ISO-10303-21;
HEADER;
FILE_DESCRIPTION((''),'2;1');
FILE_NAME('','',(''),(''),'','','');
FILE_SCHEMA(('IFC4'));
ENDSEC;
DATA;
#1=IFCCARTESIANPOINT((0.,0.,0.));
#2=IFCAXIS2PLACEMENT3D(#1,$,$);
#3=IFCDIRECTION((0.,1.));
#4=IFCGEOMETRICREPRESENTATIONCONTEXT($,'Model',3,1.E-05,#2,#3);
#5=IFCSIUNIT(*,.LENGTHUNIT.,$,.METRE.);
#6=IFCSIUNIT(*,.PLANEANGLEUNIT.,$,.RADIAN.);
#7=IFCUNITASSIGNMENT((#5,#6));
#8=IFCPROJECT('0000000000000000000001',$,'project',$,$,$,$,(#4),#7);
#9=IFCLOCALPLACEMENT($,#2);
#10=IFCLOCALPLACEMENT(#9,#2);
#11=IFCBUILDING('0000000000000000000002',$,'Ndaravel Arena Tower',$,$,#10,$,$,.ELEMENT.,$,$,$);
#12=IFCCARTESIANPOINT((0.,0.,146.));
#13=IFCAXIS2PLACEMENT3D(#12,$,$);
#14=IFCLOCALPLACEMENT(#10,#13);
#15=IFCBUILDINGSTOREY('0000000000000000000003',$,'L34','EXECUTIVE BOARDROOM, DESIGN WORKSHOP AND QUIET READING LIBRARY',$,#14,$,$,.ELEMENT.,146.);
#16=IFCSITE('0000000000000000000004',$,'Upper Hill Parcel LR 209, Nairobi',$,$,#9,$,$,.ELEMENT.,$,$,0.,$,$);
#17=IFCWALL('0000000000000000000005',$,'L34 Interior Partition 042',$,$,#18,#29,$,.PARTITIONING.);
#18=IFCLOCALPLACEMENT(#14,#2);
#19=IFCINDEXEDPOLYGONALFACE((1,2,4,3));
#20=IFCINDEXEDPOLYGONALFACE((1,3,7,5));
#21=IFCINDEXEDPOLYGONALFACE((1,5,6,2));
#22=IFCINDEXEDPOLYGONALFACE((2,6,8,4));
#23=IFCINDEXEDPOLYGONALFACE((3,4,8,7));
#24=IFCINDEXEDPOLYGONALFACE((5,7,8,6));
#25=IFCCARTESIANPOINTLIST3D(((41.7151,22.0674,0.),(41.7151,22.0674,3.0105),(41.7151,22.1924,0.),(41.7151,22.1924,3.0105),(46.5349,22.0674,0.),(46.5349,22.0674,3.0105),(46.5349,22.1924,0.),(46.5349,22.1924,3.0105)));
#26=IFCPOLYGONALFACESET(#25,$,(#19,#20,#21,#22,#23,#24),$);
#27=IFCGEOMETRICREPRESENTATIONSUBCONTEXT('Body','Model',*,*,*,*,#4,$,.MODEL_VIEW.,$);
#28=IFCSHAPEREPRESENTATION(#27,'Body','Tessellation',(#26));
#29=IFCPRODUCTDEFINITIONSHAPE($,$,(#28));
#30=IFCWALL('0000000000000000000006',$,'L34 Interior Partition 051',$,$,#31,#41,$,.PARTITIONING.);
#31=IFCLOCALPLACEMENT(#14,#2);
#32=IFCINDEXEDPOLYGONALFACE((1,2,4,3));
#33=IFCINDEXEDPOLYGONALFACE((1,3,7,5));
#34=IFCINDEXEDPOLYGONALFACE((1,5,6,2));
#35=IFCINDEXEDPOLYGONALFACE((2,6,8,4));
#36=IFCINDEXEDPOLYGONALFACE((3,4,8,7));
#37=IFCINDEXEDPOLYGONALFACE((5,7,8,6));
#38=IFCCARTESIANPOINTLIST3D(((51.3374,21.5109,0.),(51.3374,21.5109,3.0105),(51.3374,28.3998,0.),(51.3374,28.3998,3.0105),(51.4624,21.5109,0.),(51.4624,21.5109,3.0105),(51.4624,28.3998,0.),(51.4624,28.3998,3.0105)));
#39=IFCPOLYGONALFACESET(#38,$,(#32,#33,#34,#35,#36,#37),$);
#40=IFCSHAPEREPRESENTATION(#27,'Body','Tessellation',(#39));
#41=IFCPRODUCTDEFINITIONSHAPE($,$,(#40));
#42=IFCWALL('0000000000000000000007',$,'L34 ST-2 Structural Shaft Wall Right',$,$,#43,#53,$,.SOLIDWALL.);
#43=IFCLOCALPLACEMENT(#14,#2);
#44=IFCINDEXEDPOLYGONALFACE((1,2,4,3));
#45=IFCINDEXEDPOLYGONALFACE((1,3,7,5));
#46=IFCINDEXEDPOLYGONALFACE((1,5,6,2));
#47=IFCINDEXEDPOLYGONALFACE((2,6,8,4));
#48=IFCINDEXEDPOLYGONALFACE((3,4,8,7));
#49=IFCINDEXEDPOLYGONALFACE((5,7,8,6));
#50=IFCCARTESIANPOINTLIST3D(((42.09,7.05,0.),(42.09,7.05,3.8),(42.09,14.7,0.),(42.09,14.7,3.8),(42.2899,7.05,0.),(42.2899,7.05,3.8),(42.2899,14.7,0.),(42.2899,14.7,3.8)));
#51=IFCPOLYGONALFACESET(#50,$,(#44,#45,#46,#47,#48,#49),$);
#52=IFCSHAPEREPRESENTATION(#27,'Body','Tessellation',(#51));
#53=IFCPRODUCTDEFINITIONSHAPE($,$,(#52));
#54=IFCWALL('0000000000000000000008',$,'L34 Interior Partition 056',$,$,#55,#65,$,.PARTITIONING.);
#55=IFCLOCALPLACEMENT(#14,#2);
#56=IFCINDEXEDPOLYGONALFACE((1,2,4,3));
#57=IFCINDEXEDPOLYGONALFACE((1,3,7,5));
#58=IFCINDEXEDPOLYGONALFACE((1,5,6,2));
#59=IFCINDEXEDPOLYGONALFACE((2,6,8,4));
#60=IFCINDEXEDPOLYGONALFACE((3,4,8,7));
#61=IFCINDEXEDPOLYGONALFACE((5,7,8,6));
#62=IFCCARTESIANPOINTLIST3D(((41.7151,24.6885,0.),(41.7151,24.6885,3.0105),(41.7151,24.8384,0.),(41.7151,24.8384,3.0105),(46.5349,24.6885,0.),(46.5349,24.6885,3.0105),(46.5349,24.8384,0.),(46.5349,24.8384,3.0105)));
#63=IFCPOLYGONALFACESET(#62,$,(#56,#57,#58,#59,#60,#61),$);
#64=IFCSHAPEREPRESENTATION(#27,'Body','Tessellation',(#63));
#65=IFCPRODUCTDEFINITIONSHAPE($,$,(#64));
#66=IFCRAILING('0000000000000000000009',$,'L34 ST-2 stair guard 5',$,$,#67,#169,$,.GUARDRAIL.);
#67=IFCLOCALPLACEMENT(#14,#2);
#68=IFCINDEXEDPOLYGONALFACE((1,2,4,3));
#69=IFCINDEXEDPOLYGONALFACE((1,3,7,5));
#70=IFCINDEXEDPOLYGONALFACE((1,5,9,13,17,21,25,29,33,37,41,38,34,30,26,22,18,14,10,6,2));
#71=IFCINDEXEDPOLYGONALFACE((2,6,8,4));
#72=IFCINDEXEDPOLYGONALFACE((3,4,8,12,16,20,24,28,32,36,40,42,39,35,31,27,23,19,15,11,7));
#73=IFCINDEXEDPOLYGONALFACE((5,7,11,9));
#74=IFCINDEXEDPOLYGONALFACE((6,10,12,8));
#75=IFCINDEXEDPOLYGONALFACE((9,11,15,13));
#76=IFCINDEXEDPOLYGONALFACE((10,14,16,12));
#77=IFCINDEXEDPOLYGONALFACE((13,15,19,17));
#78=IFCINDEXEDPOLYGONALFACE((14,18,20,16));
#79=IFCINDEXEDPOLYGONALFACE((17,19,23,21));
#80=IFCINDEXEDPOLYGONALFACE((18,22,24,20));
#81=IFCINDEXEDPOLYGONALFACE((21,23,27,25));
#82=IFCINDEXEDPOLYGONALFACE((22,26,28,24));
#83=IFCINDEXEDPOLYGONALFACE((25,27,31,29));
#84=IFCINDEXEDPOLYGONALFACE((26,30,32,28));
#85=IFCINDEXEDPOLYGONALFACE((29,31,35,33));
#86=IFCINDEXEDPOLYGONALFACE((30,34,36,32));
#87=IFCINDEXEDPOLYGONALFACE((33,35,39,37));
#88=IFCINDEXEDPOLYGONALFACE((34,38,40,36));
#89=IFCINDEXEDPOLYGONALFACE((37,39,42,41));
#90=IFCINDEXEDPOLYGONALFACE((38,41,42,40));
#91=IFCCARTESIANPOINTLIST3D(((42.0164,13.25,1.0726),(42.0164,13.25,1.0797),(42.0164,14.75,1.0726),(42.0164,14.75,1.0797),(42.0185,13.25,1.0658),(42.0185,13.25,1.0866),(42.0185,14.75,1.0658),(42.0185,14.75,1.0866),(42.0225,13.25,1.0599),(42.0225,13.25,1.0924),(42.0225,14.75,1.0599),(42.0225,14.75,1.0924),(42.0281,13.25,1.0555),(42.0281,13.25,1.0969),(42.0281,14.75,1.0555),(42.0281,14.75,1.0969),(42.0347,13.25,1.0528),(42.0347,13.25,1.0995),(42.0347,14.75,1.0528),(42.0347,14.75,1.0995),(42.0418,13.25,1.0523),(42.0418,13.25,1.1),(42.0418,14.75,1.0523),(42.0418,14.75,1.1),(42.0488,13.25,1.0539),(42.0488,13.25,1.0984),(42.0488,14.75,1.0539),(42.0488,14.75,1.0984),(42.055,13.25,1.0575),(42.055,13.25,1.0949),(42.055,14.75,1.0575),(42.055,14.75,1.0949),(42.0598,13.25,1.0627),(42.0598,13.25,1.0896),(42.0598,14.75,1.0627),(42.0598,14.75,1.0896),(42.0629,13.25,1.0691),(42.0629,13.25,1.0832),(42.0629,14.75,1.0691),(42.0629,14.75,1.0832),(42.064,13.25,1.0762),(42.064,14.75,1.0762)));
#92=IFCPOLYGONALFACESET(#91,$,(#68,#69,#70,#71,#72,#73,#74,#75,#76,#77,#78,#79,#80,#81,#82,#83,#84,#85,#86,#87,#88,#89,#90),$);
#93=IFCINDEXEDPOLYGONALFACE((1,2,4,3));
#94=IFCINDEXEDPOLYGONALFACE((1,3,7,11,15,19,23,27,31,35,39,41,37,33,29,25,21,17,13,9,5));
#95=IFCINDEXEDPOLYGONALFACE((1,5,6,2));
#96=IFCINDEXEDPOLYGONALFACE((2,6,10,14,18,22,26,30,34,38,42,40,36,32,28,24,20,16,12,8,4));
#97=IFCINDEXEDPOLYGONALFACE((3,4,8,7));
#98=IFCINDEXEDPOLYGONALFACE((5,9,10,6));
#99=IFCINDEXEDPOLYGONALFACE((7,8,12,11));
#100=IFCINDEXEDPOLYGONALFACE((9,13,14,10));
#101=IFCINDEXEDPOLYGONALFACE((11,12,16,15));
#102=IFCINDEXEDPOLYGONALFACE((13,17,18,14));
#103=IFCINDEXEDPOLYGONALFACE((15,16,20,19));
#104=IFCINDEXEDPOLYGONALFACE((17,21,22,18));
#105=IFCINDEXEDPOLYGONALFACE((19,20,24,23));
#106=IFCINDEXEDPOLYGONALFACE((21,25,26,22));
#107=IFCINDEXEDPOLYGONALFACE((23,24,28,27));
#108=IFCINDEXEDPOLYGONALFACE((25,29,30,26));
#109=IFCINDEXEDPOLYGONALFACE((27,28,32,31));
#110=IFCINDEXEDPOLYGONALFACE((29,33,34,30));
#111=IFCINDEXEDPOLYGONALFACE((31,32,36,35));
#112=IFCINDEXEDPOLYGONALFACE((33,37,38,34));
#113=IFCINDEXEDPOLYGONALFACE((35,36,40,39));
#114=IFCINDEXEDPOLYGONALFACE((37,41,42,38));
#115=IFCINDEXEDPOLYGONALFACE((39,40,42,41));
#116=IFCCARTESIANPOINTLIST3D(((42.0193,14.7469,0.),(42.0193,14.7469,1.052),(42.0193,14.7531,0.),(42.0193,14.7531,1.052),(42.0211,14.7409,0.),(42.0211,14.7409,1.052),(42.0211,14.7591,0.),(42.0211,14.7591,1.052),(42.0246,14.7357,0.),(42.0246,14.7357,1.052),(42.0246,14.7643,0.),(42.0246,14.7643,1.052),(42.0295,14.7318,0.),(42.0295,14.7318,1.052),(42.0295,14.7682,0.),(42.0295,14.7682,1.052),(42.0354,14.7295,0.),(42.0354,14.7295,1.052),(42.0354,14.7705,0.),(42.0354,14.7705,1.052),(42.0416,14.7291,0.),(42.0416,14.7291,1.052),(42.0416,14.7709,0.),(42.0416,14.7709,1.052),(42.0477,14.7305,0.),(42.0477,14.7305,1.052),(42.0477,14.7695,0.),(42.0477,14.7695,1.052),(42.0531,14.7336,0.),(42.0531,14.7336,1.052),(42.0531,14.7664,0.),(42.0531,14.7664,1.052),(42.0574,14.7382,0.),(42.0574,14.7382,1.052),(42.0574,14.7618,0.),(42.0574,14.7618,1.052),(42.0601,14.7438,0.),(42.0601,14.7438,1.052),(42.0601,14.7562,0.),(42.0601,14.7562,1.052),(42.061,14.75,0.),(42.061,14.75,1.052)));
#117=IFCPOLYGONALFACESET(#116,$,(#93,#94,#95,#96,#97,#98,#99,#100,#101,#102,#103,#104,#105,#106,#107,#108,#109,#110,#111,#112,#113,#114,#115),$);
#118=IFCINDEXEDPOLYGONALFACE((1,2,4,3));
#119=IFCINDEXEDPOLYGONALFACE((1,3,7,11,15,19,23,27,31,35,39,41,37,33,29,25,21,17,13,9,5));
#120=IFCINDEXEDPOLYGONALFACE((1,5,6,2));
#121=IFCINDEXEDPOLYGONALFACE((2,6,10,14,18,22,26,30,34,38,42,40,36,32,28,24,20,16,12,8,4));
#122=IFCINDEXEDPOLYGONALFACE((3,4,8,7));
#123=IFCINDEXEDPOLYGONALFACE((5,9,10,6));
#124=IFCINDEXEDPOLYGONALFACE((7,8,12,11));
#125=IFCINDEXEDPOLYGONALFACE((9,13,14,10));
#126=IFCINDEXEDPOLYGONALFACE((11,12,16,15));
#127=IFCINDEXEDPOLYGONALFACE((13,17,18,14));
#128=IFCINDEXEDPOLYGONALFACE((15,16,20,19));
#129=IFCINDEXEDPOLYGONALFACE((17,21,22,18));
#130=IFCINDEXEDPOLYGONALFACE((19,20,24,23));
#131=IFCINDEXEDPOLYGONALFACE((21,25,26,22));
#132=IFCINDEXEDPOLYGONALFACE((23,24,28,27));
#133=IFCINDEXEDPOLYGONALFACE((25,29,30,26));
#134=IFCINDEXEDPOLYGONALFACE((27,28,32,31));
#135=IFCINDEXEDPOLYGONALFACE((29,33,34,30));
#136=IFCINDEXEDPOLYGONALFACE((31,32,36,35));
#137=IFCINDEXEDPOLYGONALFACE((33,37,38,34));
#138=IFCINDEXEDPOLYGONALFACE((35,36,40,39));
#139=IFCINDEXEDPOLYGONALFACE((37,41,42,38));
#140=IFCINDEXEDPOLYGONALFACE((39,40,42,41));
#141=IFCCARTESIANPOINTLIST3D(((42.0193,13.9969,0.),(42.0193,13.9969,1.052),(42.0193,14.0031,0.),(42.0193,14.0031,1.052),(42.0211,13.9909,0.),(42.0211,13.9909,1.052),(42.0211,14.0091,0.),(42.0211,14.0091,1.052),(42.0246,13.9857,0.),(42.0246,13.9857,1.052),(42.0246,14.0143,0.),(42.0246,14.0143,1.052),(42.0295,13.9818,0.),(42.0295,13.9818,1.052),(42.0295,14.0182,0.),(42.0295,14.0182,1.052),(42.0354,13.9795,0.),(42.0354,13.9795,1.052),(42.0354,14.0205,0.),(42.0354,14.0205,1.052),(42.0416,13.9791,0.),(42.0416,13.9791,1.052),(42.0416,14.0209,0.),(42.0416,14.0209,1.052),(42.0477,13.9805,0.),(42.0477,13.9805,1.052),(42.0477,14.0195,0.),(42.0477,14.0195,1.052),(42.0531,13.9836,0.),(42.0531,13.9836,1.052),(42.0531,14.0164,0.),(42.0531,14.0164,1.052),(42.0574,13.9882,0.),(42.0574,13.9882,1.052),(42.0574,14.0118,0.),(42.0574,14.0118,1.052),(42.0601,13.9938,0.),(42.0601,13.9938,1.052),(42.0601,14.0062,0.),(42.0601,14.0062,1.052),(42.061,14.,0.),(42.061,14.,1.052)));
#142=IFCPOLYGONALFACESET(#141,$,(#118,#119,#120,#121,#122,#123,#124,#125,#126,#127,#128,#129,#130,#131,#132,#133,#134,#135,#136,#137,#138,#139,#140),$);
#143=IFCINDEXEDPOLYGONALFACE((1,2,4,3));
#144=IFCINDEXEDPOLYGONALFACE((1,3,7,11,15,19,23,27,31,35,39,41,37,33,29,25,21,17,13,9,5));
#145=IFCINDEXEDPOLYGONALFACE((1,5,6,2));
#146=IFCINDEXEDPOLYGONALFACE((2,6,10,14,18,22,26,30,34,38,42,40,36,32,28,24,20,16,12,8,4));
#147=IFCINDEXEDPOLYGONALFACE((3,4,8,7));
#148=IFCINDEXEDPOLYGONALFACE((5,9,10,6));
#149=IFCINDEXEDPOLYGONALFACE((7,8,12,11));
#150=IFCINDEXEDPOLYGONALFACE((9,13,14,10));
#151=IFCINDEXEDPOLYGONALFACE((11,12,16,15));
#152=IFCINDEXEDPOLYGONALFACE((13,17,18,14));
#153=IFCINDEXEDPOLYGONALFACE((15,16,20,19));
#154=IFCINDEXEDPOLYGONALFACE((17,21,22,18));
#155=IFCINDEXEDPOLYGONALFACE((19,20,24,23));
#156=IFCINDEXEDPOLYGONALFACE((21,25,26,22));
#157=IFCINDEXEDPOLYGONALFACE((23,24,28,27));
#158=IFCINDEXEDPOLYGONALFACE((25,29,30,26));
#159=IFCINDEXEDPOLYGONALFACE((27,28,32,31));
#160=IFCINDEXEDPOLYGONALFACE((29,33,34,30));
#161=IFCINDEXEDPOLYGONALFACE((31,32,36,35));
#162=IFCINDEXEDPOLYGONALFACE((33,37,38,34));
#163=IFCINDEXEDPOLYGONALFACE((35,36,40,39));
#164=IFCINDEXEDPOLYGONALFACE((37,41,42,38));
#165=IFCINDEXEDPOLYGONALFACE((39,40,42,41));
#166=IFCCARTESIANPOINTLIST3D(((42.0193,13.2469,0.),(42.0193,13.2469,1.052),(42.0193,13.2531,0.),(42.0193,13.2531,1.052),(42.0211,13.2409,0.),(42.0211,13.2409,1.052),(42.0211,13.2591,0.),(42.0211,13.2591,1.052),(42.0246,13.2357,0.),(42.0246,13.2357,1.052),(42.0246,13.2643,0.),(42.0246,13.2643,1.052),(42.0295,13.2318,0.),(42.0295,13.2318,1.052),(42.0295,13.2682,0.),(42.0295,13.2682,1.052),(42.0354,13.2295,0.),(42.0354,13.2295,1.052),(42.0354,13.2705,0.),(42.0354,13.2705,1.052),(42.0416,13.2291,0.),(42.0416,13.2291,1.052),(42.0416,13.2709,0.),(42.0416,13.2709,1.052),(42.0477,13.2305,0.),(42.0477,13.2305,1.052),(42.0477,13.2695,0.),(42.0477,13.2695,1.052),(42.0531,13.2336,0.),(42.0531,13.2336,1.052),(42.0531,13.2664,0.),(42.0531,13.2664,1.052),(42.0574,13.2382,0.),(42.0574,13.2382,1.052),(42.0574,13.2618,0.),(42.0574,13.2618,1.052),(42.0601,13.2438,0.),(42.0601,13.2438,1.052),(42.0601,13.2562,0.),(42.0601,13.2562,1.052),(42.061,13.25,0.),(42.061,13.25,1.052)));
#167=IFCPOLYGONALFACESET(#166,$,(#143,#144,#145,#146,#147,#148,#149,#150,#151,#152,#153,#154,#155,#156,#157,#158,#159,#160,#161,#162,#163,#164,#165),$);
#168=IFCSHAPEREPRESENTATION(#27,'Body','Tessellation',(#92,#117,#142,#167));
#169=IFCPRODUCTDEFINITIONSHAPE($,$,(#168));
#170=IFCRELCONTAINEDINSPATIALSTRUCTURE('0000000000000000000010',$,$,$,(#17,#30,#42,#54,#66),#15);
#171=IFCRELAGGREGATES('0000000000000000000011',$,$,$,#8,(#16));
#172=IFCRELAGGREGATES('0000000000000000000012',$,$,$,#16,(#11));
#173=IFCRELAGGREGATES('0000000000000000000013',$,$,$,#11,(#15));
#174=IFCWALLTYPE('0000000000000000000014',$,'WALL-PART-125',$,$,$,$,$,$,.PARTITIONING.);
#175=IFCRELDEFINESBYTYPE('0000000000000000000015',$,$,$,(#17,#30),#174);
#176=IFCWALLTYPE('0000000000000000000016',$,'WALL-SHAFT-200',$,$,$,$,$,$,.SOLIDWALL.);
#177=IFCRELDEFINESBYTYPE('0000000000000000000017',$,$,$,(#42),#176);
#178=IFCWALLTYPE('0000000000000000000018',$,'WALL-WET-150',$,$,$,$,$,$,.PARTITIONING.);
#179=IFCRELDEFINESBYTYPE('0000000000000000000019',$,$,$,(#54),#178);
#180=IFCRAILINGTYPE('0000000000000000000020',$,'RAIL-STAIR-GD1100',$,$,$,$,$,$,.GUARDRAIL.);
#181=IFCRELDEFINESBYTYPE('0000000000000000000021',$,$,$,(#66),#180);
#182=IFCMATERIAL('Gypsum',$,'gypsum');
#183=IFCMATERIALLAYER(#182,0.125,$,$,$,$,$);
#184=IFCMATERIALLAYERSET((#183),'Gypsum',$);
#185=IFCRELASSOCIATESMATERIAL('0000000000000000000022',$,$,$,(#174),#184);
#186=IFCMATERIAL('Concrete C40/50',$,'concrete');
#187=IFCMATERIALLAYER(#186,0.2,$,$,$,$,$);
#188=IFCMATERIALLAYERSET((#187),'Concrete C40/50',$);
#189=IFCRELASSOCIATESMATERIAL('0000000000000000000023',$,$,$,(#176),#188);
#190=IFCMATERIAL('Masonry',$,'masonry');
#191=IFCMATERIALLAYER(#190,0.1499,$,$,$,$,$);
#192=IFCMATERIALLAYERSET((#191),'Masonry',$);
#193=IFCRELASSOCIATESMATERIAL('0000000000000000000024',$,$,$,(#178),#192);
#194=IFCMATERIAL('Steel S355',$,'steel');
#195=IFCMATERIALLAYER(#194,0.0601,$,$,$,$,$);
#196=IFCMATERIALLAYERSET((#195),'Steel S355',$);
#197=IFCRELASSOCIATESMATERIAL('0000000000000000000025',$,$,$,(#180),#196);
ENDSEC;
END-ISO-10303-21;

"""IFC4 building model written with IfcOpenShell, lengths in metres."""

from ifc_helpers import new_model, si_unit, direction, frame, frame_2d, origin, origin_2d, place, context, subcontext, project, spatial, rectangle, circle, extrude, material, layer, layer_set, type_object, element, save


model = new_model("IFC4")

# Units and contexts
model_context = context("Model", 3, precision=1e-05, world=origin(), true_north=direction((0.0, 1.0)))
body_context = subcontext(model_context, "Body", "Model", "MODEL_VIEW")
ifc_project = project(units=[si_unit("LENGTHUNIT", "METRE"), si_unit("PLANEANGLEUNIT", "RADIAN")], contexts=[model_context])

# Site, building, storey
site_placement = place(None, origin())
site = spatial("IfcSite", under=ifc_project, at=site_placement, Name="Upper Hill Parcel LR 209, Nairobi", CompositionType="ELEMENT", RefElevation=0.0)
building_placement = place(site_placement, origin())
building = spatial("IfcBuilding", under=site, at=building_placement, Name="Ndaravel Arena Tower", CompositionType="ELEMENT")
storey_placement = place(building_placement, frame((0.0, 0.0, 146.0)))
storey = spatial("IfcBuildingStorey", under=building, at=storey_placement, Name="L34", Description="EXECUTIVE BOARDROOM, DESIGN WORKSHOP AND QUIET READING LIBRARY", CompositionType="ELEMENT", Elevation=146.0)

# Shared definitions
ifc_material_1 = material(Name="Gypsum", Category="gypsum")
ifc_layer_1 = layer(ifc_material_1, 0.125)
ifc_layer_set_1 = layer_set([ifc_layer_1], Name="Gypsum")
wall_type_1 = type_object("IfcWallType", Name="WALL-PART-125", PredefinedType="PARTITIONING", material=ifc_layer_set_1)

# Walls
wall_1_placement = place(storey_placement, frame((41.7151, 22.1299, 0.0), z_axis=(0.0, 0.0, 1.0), x_axis=(1.0, 0.0, 0.0)))
element("IfcWall", 1, at=wall_1_placement, inside=storey, type_object=wall_type_1, Name="L34 Interior Partition 042", PredefinedType="PARTITIONING", context=body_context, shape_type="SweptSolid", body=[
    extrude(rectangle(XDim=4.8198, YDim=0.125, at=frame_2d((2.4099, 0.0))), origin(), (0.0, 0.0, 1.0), 3.0105),
])
wall_2_placement = place(storey_placement, frame((51.3999, 21.511, 0.0), z_axis=(0.0, 0.0, 1.0), x_axis=(0.0, 1.0, 0.0)))
element("IfcWall", 2, at=wall_2_placement, inside=storey, type_object=wall_type_1, Name="L34 Interior Partition 051", PredefinedType="PARTITIONING", context=body_context, shape_type="SweptSolid", body=[
    extrude(rectangle(XDim=6.8889, YDim=0.125, at=frame_2d((3.4443, 0.0))), origin(), (0.0, 0.0, 1.0), 3.0105),
])
ifc_material_2 = material(Name="Concrete C40/50", Category="concrete")
ifc_layer_2 = layer(ifc_material_2, 0.2)
ifc_layer_set_2 = layer_set([ifc_layer_2], Name="Concrete C40/50")
wall_type_2 = type_object("IfcWallType", Name="WALL-SHAFT-200", PredefinedType="SOLIDWALL", material=ifc_layer_set_2)
wall_3_placement = place(storey_placement, frame((42.1899, 14.7, 0.0), z_axis=(0.0, 0.0, 1.0), x_axis=(0.0, -1.0, 0.0)))
element("IfcWall", 3, at=wall_3_placement, inside=storey, type_object=wall_type_2, Name="L34 ST-2 Structural Shaft Wall Right", PredefinedType="SOLIDWALL", context=body_context, shape_type="SweptSolid", body=[
    extrude(rectangle(XDim=7.6499, YDim=0.2, at=frame_2d((3.825, 0.0))), origin(), (0.0, 0.0, 1.0), 3.8),
])

# Shared definitions
ifc_material_3 = material(Name="Masonry", Category="masonry")
ifc_layer_3 = layer(ifc_material_3, 0.1499)
ifc_layer_set_3 = layer_set([ifc_layer_3], Name="Masonry")
wall_type_3 = type_object("IfcWallType", Name="WALL-WET-150", PredefinedType="PARTITIONING", material=ifc_layer_set_3)

# Wall
wall_4_placement = place(storey_placement, frame((41.7151, 24.7634, 0.0), z_axis=(0.0, 0.0, 1.0), x_axis=(1.0, 0.0, 0.0)))
element("IfcWall", 4, at=wall_4_placement, inside=storey, type_object=wall_type_3, Name="L34 Interior Partition 056", PredefinedType="PARTITIONING", context=body_context, shape_type="SweptSolid", body=[
    extrude(rectangle(XDim=4.8198, YDim=0.1499, at=frame_2d((2.4099, 0.0))), origin(), (0.0, 0.0, 1.0), 3.0105),
])

# Railing
ifc_material_4 = material(Name="Steel S355", Category="steel")
ifc_layer_4 = layer(ifc_material_4, 0.0601)
ifc_layer_set_4 = layer_set([ifc_layer_4], Name="Steel S355")
railing_type = type_object("IfcRailingType", Name="RAIL-STAIR-GD1100", PredefinedType="GUARDRAIL", material=ifc_layer_set_4)
railing_placement = place(storey_placement, frame((42.04, 14.75, 0.0)))
element("IfcRailing", 5, at=railing_placement, inside=storey, type_object=railing_type, Name="L34 ST-2 stair guard 5", PredefinedType="GUARDRAIL", context=body_context, shape_type="SweptSolid", body=[
    extrude(circle(Radius=0.0239, at=origin_2d()), frame((0.0, 0.0, 1.0762), z_axis=(0.0, -1.0, 0.0), x_axis=(1.0, 0.0, 0.0)), (0.0, 0.0, 1.0), 1.5),
    extrude(circle(Radius=0.021, at=origin_2d()), origin(), (0.0, 0.0, 1.0), 1.052),
    extrude(circle(Radius=0.021, at=origin_2d()), frame((0.0, -0.75, 0.0)), (0.0, 0.0, 1.0), 1.052),
    extrude(circle(Radius=0.021, at=origin_2d()), frame((0.0, -1.5, 0.0)), (0.0, 0.0, 1.0), 1.052),
])

save(model, "model.ifc")
